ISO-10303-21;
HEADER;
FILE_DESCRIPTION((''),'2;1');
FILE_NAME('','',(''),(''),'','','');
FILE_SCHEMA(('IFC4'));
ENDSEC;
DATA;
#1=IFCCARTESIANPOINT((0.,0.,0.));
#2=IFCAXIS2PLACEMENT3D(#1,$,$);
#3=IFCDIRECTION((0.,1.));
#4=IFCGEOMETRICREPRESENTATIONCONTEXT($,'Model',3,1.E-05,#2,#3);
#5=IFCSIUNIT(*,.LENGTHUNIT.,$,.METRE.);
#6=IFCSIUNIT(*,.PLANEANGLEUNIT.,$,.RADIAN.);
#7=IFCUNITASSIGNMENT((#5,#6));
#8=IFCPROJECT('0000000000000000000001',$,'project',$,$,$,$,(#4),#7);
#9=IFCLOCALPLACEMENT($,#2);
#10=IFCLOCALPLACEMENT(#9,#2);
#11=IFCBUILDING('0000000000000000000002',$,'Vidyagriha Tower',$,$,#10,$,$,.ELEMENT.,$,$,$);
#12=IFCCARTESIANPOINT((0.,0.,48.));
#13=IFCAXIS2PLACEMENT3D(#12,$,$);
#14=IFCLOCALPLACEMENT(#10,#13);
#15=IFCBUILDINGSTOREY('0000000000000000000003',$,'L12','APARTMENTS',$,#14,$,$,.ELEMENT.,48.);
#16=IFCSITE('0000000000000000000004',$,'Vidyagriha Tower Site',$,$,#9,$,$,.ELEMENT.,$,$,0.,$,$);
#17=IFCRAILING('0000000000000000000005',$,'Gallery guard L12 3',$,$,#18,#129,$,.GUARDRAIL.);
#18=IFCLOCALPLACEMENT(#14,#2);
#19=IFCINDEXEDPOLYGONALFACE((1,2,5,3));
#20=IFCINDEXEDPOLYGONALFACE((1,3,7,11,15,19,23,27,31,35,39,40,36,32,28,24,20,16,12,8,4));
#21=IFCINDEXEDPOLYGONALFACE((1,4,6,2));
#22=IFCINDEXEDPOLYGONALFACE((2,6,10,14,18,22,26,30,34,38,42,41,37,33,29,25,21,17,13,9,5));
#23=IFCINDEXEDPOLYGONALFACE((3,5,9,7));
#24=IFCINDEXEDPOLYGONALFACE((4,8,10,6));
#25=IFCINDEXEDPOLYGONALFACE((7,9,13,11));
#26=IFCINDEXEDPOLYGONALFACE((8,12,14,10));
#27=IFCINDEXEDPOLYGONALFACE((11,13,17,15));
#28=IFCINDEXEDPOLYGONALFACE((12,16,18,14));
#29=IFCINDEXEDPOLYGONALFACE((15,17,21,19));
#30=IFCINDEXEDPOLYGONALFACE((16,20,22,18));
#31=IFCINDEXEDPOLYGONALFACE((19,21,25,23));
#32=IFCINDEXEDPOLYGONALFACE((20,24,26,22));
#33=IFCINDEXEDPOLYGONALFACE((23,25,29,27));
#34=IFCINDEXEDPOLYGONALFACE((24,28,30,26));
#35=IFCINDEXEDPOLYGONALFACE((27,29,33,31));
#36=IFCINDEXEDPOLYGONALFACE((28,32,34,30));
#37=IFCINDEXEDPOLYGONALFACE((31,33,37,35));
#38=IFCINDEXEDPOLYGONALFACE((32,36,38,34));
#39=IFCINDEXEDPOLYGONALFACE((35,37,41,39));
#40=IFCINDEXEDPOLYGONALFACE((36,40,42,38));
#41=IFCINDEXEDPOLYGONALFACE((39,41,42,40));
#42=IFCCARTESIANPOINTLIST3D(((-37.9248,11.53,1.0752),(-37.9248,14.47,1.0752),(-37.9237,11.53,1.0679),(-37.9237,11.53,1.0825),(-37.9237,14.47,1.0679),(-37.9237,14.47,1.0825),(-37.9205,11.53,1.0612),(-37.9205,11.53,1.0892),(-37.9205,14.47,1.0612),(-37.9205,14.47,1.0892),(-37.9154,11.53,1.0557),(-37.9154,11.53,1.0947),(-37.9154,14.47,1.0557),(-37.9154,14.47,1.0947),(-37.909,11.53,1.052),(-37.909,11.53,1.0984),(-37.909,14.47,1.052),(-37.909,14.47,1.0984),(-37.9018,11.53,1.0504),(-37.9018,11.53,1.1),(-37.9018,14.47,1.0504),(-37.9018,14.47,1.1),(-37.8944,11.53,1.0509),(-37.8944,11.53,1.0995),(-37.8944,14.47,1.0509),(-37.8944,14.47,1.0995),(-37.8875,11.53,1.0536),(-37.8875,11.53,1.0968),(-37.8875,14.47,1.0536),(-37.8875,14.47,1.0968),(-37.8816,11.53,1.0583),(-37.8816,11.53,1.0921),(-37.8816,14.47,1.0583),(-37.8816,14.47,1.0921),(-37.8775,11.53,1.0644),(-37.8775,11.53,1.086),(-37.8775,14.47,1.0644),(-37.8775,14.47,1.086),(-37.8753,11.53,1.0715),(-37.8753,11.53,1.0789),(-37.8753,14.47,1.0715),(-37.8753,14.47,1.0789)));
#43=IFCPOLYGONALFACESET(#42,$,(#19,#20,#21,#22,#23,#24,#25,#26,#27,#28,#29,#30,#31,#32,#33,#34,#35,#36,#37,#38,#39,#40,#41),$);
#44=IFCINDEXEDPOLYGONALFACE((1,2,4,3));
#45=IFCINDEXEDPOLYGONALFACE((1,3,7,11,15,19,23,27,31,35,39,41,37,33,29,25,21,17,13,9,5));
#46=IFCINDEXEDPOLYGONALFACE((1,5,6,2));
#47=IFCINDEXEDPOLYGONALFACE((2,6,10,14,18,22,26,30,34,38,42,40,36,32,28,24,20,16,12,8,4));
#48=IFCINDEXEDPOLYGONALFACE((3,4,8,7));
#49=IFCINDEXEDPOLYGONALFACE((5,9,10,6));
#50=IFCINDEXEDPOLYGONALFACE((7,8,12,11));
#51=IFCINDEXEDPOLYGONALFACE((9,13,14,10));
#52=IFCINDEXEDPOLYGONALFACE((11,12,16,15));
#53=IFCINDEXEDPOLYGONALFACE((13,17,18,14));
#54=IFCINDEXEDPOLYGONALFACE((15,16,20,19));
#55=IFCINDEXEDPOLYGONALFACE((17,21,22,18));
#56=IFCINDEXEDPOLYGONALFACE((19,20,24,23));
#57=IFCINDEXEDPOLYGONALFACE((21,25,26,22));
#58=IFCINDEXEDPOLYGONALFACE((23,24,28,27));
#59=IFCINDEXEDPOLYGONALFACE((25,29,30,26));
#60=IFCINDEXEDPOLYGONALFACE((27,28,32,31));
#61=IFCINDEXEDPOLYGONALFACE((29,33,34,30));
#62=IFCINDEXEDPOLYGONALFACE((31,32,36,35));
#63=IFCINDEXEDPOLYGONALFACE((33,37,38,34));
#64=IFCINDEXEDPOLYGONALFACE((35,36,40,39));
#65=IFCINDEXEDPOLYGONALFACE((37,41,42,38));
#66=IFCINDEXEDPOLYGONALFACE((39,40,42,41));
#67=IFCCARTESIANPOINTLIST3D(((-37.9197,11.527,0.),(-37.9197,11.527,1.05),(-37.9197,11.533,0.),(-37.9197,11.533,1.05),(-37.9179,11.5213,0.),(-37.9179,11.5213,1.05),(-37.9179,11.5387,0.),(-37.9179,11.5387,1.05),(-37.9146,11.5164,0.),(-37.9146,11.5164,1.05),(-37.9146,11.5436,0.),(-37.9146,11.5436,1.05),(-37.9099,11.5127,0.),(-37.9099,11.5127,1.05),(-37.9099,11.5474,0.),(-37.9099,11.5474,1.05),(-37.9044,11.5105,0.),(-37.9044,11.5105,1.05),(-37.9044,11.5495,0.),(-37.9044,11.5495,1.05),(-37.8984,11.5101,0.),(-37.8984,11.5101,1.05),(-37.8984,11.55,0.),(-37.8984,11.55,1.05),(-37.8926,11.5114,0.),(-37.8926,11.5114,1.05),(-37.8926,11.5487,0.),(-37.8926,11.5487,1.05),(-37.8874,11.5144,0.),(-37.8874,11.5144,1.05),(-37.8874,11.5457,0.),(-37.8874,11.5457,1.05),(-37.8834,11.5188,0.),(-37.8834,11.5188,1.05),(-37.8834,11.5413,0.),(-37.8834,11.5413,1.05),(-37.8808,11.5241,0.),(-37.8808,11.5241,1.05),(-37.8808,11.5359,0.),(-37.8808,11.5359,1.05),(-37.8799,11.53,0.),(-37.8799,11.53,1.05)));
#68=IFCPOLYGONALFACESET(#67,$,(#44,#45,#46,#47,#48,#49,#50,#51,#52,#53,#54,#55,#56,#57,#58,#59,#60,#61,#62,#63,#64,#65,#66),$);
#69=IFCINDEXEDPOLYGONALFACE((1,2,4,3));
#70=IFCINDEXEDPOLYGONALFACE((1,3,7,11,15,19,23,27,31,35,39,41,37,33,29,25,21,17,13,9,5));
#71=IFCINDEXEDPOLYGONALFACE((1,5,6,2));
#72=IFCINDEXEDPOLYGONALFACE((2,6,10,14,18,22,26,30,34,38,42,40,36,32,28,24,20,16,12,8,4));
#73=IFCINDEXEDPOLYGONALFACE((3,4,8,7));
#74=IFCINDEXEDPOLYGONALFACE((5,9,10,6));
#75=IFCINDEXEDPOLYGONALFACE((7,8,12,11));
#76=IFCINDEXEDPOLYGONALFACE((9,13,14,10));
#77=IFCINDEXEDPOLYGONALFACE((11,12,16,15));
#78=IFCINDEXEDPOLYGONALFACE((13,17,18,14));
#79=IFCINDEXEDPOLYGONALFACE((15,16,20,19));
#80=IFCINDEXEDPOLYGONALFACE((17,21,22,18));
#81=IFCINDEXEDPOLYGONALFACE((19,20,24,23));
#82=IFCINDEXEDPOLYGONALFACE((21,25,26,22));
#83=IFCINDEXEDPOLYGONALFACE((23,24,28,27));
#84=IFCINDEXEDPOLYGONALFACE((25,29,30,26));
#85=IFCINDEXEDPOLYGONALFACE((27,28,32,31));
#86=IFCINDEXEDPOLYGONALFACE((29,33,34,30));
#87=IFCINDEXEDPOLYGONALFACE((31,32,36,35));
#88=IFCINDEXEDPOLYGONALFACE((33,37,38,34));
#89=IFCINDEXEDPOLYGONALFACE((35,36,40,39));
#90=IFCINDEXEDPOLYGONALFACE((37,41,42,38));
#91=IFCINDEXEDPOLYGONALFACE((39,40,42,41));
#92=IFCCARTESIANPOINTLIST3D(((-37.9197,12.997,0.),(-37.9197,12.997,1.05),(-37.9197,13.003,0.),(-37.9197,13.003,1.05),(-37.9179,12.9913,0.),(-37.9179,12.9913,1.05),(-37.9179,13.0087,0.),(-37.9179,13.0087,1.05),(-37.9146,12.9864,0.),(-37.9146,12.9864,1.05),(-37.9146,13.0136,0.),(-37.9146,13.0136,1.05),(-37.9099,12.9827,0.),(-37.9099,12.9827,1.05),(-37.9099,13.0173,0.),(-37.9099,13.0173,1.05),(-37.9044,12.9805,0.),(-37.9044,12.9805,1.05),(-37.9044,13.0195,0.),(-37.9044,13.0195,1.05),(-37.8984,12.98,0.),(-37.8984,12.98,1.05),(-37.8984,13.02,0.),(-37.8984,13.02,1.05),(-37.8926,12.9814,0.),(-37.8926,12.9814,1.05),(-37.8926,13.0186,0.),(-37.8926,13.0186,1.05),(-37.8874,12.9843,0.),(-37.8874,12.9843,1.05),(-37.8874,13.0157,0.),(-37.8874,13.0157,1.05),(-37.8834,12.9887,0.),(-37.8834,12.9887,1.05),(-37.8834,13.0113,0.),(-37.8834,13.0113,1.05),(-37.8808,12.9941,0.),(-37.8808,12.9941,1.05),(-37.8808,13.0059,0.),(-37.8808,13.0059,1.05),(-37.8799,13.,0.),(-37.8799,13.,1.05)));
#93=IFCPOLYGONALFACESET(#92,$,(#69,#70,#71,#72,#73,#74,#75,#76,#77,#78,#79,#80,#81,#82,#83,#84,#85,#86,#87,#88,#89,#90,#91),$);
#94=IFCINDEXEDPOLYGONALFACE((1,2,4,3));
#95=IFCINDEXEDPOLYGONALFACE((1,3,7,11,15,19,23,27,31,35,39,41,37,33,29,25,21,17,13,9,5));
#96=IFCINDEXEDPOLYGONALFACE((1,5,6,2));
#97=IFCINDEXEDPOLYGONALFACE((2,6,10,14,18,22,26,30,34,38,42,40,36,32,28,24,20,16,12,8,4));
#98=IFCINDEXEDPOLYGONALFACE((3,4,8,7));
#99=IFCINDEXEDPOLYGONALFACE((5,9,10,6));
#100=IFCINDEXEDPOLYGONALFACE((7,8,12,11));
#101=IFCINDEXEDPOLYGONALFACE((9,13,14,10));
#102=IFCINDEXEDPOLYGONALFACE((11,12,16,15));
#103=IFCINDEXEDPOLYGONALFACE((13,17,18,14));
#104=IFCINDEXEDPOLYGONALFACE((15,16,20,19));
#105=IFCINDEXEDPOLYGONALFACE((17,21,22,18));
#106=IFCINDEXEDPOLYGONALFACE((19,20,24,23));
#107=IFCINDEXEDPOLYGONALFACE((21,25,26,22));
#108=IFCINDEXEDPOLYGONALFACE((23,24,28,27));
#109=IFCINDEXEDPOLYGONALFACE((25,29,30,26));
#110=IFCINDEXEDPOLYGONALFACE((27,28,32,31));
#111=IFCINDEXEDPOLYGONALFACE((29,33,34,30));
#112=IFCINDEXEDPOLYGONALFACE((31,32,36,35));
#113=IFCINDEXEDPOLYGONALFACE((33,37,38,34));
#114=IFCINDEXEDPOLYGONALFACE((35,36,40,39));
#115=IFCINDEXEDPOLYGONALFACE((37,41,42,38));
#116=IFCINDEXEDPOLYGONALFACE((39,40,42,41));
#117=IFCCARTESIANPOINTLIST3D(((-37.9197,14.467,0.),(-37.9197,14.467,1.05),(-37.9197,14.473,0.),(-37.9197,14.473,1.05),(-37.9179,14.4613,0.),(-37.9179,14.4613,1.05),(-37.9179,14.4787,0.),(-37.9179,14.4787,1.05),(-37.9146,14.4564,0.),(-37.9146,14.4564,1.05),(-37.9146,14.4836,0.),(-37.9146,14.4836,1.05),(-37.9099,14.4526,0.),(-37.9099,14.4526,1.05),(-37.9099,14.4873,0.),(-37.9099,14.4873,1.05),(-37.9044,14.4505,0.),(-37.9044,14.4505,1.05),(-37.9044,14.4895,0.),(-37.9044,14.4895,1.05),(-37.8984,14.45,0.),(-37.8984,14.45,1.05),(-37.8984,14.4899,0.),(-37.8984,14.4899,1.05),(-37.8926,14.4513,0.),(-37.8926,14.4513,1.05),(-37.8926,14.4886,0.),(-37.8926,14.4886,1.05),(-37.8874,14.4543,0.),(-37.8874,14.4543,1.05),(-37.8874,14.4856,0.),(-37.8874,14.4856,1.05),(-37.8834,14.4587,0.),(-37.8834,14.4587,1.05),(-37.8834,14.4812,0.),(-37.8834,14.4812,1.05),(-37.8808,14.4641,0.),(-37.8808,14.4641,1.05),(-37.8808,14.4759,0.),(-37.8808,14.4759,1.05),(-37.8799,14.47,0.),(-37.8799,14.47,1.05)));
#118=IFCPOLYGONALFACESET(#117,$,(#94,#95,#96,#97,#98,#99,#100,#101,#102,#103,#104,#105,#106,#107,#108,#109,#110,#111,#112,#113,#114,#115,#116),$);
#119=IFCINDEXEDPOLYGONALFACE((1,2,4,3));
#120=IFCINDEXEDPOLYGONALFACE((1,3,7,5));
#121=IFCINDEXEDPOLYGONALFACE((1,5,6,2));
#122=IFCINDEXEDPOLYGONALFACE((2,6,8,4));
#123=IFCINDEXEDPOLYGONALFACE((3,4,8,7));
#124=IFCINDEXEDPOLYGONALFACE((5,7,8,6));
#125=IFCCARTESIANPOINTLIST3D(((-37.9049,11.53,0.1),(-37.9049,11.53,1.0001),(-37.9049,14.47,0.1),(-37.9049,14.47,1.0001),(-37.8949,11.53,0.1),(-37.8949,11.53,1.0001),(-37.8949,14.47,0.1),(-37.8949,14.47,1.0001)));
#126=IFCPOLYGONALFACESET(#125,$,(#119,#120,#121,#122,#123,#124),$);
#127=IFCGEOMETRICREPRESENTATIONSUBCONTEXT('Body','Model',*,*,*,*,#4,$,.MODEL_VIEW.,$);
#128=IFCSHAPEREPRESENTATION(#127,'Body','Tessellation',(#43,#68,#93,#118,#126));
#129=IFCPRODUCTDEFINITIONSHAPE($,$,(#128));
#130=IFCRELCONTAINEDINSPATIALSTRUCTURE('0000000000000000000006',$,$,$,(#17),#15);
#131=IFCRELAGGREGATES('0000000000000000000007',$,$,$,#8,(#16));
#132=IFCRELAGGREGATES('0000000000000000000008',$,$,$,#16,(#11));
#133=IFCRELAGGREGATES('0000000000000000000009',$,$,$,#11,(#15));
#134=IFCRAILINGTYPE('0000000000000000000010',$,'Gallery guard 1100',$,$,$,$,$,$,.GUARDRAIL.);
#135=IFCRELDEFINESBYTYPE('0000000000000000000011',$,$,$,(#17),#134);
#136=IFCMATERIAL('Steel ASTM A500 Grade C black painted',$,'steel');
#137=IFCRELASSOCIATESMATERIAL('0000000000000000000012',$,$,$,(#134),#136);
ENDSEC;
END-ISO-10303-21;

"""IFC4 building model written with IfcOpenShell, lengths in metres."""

from ifc_helpers import new_model, si_unit, direction, frame, origin, origin_2d, place, context, subcontext, project, spatial, rectangle, circle, extrude, material, type_object, element, save


model = new_model("IFC4")

# Units and contexts
model_context = context("Model", 3, precision=1e-05, world=origin(), true_north=direction((0.0, 1.0)))
body_context = subcontext(model_context, "Body", "Model", "MODEL_VIEW")
ifc_project = project(units=[si_unit("LENGTHUNIT", "METRE"), si_unit("PLANEANGLEUNIT", "RADIAN")], contexts=[model_context])

# Site, building, storey
site_placement = place(None, origin())
site = spatial("IfcSite", under=ifc_project, at=site_placement, Name="Vidyagriha Tower Site", CompositionType="ELEMENT", RefElevation=0.0)
building_placement = place(site_placement, origin())
building = spatial("IfcBuilding", under=site, at=building_placement, Name="Vidyagriha Tower", CompositionType="ELEMENT")
storey_placement = place(building_placement, frame((0.0, 0.0, 48.0)))
storey = spatial("IfcBuildingStorey", under=building, at=storey_placement, Name="L12", Description="APARTMENTS", CompositionType="ELEMENT", Elevation=48.0)

# Railing
ifc_material_1 = material(Name="Steel ASTM A500 Grade C black painted", Category="steel")
railing_type_1 = type_object("IfcRailingType", Name="Gallery guard 1100", PredefinedType="GUARDRAIL", material=ifc_material_1)
railing_1_placement = place(storey_placement, frame((-37.8999, 11.53, 0.0)))
element("IfcRailing", 1, at=railing_1_placement, inside=storey, type_object=railing_type_1, Name="Gallery guard L12 3", PredefinedType="GUARDRAIL", context=body_context, shape_type="SweptSolid", body=[
    extrude(circle(Radius=0.0249, at=origin_2d()), frame((0.0, 0.0, 1.0752), z_axis=(0.0, 1.0, 0.0), x_axis=(-1.0, 0.0, 0.0)), (0.0, 0.0, 1.0), 2.9399),
    extrude(circle(Radius=0.02, at=origin_2d()), origin(), (0.0, 0.0, 1.0), 1.05),
    extrude(circle(Radius=0.02, at=origin_2d()), frame((0.0, 1.47, 0.0)), (0.0, 0.0, 1.0), 1.05),
    extrude(circle(Radius=0.02, at=origin_2d()), frame((0.0, 2.9399, 0.0)), (0.0, 0.0, 1.0), 1.05),
    extrude(rectangle(XDim=0.01, YDim=0.9001, at=origin_2d()), frame((0.0, 0.0, 0.55), z_axis=(0.0, 1.0, 0.0), x_axis=(-1.0, 0.0, 0.0)), (0.0, 0.0, 1.0), 2.9399),
])

save(model, "model.ifc")
